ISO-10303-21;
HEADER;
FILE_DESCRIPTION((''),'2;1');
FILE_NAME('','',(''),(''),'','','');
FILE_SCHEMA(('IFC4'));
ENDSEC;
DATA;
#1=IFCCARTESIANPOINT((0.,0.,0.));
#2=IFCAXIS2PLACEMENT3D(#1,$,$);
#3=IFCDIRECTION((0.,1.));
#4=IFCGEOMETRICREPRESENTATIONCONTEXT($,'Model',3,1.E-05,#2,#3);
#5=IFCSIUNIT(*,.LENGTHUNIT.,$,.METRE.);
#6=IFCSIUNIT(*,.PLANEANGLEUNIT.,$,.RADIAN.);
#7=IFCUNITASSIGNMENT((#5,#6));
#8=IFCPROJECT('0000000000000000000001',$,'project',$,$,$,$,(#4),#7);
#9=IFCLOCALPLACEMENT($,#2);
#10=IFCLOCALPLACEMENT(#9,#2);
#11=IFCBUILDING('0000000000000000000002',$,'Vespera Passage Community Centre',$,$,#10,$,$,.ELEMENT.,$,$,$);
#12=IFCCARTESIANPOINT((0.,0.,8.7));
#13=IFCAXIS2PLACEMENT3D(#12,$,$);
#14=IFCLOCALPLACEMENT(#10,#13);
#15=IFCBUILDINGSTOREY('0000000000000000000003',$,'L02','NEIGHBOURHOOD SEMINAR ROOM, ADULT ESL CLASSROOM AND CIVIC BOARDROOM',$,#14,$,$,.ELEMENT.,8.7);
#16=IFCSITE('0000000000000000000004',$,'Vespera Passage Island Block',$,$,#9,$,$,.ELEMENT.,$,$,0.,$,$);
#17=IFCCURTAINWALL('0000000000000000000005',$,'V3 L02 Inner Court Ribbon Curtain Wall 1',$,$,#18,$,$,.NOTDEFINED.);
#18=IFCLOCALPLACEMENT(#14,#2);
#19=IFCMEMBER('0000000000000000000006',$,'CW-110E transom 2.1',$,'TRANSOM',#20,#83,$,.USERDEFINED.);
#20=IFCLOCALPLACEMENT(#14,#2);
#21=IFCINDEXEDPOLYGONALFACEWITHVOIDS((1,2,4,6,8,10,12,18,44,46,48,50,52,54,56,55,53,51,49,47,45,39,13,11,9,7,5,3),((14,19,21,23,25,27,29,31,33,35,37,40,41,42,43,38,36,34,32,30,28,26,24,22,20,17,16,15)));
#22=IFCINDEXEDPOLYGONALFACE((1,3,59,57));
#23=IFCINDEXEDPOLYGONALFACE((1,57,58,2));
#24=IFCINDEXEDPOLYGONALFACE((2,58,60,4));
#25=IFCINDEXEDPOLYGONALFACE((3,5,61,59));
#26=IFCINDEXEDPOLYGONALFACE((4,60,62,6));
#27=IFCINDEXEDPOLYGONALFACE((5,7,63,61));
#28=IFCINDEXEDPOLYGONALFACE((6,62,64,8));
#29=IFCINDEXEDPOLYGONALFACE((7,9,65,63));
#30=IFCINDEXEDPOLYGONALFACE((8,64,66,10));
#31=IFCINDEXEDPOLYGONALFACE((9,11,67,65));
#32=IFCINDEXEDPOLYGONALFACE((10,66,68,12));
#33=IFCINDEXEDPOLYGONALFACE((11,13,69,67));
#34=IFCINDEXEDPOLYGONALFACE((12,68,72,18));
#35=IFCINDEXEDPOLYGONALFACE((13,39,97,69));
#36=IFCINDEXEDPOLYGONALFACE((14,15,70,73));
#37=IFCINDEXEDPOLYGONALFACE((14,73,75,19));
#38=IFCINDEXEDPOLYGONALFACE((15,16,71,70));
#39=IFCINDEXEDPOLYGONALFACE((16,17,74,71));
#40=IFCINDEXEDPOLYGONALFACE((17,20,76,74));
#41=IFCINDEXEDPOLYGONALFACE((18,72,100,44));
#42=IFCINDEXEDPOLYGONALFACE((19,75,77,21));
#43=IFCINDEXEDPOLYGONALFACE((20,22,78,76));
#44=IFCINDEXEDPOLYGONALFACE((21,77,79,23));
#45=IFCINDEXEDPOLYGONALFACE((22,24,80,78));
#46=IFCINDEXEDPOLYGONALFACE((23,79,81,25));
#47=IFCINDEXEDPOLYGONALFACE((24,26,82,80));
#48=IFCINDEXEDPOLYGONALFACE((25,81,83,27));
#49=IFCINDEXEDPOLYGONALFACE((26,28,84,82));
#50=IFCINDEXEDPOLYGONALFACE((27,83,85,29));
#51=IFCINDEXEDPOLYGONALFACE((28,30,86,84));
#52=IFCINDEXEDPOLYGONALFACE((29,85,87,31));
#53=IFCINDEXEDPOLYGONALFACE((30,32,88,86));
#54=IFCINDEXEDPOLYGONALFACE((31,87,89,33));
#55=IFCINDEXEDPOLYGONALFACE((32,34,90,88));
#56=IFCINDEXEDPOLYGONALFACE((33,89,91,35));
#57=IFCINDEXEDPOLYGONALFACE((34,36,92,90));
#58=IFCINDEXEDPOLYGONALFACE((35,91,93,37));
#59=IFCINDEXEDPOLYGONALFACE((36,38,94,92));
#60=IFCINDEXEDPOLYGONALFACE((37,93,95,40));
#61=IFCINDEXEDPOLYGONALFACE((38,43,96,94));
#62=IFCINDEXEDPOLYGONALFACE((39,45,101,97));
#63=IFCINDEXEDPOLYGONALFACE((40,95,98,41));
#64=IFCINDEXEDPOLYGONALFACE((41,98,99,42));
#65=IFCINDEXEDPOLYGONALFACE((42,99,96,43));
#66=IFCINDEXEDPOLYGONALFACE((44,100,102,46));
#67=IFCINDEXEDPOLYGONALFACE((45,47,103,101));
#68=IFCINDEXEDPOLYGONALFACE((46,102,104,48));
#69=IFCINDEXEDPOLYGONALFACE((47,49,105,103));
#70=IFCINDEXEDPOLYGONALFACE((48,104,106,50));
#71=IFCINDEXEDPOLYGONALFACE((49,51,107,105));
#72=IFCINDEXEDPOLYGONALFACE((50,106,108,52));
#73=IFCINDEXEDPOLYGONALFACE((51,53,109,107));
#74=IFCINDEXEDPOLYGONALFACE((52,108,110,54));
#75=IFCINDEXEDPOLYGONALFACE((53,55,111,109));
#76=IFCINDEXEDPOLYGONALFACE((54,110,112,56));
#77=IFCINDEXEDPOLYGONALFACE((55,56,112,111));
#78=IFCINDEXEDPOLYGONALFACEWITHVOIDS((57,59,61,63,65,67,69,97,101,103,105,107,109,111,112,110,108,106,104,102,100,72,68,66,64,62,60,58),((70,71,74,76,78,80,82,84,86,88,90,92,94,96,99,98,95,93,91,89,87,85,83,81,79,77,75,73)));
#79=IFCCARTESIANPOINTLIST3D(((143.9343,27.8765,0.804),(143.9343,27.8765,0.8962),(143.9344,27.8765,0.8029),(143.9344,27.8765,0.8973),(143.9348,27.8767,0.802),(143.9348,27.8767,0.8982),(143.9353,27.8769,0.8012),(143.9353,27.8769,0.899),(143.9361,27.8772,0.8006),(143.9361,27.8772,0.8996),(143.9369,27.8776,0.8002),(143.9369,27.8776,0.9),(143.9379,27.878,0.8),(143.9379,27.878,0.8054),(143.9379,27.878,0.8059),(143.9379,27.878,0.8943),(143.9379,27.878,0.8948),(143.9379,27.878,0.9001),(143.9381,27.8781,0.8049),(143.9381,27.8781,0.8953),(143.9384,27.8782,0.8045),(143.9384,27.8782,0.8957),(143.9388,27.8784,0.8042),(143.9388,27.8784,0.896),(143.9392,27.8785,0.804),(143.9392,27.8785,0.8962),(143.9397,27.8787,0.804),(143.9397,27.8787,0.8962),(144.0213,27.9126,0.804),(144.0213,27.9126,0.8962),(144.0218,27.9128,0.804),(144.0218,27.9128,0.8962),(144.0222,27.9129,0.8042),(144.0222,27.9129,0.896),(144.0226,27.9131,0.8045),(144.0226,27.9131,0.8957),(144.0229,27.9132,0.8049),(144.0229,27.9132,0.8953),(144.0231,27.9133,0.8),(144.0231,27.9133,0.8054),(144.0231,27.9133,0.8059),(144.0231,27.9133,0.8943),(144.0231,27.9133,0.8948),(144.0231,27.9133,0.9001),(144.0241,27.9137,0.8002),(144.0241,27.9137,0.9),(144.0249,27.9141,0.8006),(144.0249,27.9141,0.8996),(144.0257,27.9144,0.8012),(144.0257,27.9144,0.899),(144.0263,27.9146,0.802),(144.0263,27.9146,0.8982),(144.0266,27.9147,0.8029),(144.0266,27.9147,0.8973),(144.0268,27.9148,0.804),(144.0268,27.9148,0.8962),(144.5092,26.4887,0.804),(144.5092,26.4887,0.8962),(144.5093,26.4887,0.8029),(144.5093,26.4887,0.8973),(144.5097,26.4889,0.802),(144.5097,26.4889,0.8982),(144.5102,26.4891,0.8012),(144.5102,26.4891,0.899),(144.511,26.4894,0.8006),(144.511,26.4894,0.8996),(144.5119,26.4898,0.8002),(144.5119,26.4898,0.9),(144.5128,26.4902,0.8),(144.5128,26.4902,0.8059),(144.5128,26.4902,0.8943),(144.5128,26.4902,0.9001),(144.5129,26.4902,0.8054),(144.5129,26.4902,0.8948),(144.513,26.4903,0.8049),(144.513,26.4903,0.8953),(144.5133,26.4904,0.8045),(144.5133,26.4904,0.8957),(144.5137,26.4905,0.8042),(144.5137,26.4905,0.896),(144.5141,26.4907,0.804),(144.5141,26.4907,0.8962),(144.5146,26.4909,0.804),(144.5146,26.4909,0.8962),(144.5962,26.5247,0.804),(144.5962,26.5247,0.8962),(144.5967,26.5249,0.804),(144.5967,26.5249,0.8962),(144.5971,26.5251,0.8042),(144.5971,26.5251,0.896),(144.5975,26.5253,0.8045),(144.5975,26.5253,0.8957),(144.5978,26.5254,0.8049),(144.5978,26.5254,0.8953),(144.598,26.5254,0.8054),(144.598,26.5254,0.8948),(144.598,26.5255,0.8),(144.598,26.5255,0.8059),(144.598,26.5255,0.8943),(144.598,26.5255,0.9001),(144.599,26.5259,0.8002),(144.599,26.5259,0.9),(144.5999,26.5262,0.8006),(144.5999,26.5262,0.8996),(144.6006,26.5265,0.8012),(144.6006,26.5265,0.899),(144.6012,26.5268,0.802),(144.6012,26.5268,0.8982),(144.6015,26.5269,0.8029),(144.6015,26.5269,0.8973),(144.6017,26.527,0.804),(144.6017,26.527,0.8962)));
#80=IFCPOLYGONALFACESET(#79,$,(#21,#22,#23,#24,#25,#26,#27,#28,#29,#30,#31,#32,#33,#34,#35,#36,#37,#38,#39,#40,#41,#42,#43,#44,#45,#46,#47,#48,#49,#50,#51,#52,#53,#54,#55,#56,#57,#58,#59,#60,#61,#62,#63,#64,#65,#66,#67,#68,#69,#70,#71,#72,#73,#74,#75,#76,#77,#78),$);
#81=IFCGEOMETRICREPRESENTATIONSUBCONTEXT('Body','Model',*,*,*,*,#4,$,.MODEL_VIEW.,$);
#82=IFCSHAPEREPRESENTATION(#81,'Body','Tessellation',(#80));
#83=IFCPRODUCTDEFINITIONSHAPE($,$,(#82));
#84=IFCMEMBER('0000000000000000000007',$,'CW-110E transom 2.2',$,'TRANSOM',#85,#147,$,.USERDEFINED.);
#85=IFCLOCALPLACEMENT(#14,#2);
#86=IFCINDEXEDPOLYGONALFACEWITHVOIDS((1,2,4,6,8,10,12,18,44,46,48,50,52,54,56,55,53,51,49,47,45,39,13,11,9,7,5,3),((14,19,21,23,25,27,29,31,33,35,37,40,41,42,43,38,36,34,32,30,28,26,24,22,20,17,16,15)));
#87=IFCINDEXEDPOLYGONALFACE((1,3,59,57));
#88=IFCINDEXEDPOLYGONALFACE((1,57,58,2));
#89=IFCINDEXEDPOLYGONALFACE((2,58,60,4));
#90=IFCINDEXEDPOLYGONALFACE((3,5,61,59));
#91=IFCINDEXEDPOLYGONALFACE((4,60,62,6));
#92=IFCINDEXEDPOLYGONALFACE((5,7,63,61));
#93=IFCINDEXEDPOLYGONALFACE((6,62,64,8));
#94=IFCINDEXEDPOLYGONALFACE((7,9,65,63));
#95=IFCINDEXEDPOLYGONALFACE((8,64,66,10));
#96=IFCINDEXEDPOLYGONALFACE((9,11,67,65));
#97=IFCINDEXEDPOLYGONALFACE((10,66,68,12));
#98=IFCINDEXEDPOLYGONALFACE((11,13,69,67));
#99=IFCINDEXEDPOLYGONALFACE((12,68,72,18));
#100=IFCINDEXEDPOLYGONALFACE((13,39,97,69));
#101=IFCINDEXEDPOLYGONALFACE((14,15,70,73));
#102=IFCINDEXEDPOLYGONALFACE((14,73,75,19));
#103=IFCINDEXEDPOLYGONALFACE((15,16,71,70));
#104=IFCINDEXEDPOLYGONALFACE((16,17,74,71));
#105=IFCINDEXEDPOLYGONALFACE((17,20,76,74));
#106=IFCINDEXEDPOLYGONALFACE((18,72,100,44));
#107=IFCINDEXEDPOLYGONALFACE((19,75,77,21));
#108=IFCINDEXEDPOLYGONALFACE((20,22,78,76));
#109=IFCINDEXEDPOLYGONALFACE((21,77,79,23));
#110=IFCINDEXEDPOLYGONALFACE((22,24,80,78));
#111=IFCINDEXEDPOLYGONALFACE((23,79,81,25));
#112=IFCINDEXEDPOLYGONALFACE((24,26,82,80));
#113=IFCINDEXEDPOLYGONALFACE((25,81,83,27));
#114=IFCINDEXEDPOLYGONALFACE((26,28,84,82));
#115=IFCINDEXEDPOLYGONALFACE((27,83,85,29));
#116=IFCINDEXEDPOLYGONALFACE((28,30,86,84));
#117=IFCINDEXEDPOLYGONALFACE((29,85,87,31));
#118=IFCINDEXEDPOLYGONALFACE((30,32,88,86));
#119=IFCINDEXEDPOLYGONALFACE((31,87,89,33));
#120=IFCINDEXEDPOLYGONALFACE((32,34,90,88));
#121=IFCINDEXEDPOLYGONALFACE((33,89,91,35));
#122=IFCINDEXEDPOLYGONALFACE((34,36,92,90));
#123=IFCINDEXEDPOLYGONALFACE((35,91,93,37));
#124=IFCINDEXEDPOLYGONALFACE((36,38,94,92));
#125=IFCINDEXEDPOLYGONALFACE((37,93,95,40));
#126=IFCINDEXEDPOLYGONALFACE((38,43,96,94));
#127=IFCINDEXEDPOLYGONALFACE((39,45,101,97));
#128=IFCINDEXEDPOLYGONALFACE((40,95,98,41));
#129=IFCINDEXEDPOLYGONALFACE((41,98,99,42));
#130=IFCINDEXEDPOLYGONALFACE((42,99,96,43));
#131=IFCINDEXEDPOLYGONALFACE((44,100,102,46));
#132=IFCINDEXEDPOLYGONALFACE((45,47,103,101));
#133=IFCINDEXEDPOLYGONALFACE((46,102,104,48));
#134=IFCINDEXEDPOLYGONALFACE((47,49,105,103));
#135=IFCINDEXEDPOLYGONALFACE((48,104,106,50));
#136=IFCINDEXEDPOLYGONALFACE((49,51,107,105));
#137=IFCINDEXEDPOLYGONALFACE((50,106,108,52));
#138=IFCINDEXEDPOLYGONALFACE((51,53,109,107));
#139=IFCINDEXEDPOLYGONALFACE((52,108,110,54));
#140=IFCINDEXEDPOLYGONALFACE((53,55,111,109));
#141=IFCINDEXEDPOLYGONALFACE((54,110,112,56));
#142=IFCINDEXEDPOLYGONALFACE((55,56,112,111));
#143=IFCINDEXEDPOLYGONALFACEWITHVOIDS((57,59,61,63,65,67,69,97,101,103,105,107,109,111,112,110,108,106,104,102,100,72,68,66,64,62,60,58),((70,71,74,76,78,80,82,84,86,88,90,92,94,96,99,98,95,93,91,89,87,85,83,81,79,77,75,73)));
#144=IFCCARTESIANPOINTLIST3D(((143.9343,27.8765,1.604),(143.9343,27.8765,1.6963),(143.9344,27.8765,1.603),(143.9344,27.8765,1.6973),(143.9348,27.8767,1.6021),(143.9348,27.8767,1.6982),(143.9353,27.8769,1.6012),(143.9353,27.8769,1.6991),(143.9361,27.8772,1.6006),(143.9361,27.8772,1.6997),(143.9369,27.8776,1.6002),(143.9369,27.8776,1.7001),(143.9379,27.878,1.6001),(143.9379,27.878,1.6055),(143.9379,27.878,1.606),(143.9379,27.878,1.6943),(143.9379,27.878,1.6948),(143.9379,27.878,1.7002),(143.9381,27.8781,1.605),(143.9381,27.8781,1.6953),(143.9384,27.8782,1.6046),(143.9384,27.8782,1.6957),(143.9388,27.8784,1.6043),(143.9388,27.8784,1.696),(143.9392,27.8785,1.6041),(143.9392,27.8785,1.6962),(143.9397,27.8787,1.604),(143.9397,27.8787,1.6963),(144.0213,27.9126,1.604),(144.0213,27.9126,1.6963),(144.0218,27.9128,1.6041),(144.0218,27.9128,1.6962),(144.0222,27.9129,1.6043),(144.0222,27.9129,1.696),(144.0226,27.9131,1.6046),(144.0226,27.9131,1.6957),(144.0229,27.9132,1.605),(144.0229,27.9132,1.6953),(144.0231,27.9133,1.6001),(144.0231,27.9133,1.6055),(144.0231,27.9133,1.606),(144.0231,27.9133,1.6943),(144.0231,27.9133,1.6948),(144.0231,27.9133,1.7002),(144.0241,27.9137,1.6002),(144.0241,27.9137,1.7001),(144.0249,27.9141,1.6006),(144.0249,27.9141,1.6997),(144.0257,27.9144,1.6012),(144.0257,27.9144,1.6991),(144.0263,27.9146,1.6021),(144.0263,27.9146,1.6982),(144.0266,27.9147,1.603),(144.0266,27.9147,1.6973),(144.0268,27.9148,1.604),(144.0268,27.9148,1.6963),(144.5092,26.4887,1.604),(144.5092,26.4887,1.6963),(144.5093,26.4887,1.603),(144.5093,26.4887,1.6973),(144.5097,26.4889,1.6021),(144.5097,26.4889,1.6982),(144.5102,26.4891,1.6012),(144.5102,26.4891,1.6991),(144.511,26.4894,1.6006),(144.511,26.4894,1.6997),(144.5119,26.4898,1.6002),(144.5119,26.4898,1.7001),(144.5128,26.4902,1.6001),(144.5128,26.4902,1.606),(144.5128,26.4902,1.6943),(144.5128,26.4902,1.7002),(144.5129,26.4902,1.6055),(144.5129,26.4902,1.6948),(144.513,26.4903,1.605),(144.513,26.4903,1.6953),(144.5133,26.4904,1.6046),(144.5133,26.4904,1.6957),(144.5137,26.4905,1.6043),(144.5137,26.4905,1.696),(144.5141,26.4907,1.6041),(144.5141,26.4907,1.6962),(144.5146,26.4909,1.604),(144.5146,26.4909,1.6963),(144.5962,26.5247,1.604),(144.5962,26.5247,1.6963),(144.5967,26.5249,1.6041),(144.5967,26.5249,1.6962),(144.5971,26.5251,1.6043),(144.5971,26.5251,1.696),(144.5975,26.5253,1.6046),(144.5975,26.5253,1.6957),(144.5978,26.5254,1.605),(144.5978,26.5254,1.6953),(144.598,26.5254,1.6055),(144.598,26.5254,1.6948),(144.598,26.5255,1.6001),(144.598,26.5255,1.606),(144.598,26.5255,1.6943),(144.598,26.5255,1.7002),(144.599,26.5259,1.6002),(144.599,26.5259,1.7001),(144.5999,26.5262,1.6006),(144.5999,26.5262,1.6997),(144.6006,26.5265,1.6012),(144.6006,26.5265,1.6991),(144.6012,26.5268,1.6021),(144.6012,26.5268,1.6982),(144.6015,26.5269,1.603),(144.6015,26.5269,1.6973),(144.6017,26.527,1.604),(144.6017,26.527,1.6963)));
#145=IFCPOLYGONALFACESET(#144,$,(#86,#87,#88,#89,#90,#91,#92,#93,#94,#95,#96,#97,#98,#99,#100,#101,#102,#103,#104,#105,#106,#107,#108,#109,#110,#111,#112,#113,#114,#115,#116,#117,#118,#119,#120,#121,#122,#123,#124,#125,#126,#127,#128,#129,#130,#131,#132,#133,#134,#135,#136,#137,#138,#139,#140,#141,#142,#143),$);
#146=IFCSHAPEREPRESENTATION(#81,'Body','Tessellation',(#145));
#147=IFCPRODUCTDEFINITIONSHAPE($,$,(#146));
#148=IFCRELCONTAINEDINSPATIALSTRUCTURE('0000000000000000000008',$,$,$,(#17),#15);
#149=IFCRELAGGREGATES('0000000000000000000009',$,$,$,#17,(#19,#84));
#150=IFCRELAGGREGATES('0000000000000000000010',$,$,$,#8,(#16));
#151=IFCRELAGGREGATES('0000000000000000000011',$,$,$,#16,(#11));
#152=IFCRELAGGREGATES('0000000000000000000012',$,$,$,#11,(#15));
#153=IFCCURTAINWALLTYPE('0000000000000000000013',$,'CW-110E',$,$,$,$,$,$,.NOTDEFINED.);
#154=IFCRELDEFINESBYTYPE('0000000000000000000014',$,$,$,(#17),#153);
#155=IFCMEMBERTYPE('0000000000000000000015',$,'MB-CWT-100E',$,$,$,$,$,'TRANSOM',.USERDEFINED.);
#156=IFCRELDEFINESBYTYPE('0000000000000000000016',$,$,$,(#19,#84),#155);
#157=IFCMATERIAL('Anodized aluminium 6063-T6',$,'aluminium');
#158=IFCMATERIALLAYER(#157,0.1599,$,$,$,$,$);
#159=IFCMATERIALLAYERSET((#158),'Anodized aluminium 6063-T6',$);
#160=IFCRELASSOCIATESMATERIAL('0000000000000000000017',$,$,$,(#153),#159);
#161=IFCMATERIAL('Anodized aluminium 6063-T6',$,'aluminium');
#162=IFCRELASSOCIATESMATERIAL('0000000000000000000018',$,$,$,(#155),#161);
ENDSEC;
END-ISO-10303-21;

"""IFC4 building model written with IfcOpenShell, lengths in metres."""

from ifc_helpers import new_model, si_unit, direction, frame, origin, origin_2d, place, context, subcontext, project, spatial, hollow_rectangle, extrude, material, layer, layer_set, material_profile, profile_set, type_object, element, aggregate, save


model = new_model("IFC4")

# Units and contexts
model_context = context("Model", 3, precision=1e-05, world=origin(), true_north=direction((0.0, 1.0)))
body_context = subcontext(model_context, "Body", "Model", "MODEL_VIEW")
ifc_project = project(units=[si_unit("LENGTHUNIT", "METRE"), si_unit("PLANEANGLEUNIT", "RADIAN")], contexts=[model_context])

# Site, building, storey
site_placement = place(None, origin())
site = spatial("IfcSite", under=ifc_project, at=site_placement, Name="Vespera Passage Island Block", CompositionType="ELEMENT", RefElevation=0.0)
building_placement = place(site_placement, origin())
building = spatial("IfcBuilding", under=site, at=building_placement, Name="Vespera Passage Community Centre", CompositionType="ELEMENT")
storey_placement = place(building_placement, frame((0.0, 0.0, 8.7)))
storey = spatial("IfcBuildingStorey", under=building, at=storey_placement, Name="L02", Description="NEIGHBOURHOOD SEMINAR ROOM, ADULT ESL CLASSROOM AND CIVIC BOARDROOM", CompositionType="ELEMENT", Elevation=8.7)

# Curtain wall
ifc_material_1 = material(Name="Anodized aluminium 6063-T6", Category="aluminium")
ifc_layer_1 = layer(ifc_material_1, 0.1599)
ifc_layer_set_1 = layer_set([ifc_layer_1], Name="Anodized aluminium 6063-T6")
curtain_wall_type = type_object("IfcCurtainWallType", Name="CW-110E", PredefinedType="NOTDEFINED", material=ifc_layer_set_1)
curtain_wall_1_placement = place(storey_placement, origin())
curtain_wall_1 = element("IfcCurtainWall", 1, at=curtain_wall_1_placement, inside=storey, type_object=curtain_wall_type, Name="V3 L02 Inner Court Ribbon Curtain Wall 1", PredefinedType="NOTDEFINED")

# Members
ifc_material_2 = material(Name="Anodized aluminium 6063-T6", Category="aluminium")
ifc_material_profile_1 = material_profile(ifc_material_2, hollow_rectangle(XDim=0.1001, YDim=0.1001, WallThickness=0.0039, InnerFilletRadius=0.002, OuterFilletRadius=0.0039, at=origin_2d()), Name="ALU100X100X4")
ifc_profile_set_1 = profile_set([ifc_material_profile_1], Name="Anodized aluminium 6063-T6")
member_type_1 = type_object("IfcMemberType", Name="MB-CWT-100E", ElementType="TRANSOM", PredefinedType="USERDEFINED", material=ifc_profile_set_1)
member_1_placement = place(storey_placement, frame((144.5554, 26.5078, 0.8501), z_axis=(-0.382711, 0.923868, 0.0), x_axis=(-0.923868, -0.382711, 0.0)))
member_1 = element("IfcMember", 2, at=member_1_placement, type_object=member_type_1, Name="CW-110E transom 2.1", ObjectType="TRANSOM", PredefinedType="USERDEFINED", context=body_context, shape_type="SweptSolid", body=[
    extrude(hollow_rectangle(XDim=0.1001, YDim=0.1001, WallThickness=0.0039, InnerFilletRadius=0.002, OuterFilletRadius=0.0039, at=origin_2d()), origin(), (0.0, 0.0, 1.0), 1.5022),
])
member_2_placement = place(storey_placement, frame((144.5554, 26.5078, 1.6501), z_axis=(-0.382711, 0.923868, 0.0), x_axis=(-0.923868, -0.382711, 0.0)))
member_2 = element("IfcMember", 3, at=member_2_placement, type_object=member_type_1, Name="CW-110E transom 2.2", ObjectType="TRANSOM", PredefinedType="USERDEFINED", context=body_context, shape_type="SweptSolid", body=[
    extrude(hollow_rectangle(XDim=0.1001, YDim=0.1001, WallThickness=0.0039, InnerFilletRadius=0.002, OuterFilletRadius=0.0039, at=origin_2d()), origin(), (0.0, 0.0, 1.0), 1.5022),
])

aggregate(curtain_wall_1, [member_1, member_2])

save(model, "model.ifc")
